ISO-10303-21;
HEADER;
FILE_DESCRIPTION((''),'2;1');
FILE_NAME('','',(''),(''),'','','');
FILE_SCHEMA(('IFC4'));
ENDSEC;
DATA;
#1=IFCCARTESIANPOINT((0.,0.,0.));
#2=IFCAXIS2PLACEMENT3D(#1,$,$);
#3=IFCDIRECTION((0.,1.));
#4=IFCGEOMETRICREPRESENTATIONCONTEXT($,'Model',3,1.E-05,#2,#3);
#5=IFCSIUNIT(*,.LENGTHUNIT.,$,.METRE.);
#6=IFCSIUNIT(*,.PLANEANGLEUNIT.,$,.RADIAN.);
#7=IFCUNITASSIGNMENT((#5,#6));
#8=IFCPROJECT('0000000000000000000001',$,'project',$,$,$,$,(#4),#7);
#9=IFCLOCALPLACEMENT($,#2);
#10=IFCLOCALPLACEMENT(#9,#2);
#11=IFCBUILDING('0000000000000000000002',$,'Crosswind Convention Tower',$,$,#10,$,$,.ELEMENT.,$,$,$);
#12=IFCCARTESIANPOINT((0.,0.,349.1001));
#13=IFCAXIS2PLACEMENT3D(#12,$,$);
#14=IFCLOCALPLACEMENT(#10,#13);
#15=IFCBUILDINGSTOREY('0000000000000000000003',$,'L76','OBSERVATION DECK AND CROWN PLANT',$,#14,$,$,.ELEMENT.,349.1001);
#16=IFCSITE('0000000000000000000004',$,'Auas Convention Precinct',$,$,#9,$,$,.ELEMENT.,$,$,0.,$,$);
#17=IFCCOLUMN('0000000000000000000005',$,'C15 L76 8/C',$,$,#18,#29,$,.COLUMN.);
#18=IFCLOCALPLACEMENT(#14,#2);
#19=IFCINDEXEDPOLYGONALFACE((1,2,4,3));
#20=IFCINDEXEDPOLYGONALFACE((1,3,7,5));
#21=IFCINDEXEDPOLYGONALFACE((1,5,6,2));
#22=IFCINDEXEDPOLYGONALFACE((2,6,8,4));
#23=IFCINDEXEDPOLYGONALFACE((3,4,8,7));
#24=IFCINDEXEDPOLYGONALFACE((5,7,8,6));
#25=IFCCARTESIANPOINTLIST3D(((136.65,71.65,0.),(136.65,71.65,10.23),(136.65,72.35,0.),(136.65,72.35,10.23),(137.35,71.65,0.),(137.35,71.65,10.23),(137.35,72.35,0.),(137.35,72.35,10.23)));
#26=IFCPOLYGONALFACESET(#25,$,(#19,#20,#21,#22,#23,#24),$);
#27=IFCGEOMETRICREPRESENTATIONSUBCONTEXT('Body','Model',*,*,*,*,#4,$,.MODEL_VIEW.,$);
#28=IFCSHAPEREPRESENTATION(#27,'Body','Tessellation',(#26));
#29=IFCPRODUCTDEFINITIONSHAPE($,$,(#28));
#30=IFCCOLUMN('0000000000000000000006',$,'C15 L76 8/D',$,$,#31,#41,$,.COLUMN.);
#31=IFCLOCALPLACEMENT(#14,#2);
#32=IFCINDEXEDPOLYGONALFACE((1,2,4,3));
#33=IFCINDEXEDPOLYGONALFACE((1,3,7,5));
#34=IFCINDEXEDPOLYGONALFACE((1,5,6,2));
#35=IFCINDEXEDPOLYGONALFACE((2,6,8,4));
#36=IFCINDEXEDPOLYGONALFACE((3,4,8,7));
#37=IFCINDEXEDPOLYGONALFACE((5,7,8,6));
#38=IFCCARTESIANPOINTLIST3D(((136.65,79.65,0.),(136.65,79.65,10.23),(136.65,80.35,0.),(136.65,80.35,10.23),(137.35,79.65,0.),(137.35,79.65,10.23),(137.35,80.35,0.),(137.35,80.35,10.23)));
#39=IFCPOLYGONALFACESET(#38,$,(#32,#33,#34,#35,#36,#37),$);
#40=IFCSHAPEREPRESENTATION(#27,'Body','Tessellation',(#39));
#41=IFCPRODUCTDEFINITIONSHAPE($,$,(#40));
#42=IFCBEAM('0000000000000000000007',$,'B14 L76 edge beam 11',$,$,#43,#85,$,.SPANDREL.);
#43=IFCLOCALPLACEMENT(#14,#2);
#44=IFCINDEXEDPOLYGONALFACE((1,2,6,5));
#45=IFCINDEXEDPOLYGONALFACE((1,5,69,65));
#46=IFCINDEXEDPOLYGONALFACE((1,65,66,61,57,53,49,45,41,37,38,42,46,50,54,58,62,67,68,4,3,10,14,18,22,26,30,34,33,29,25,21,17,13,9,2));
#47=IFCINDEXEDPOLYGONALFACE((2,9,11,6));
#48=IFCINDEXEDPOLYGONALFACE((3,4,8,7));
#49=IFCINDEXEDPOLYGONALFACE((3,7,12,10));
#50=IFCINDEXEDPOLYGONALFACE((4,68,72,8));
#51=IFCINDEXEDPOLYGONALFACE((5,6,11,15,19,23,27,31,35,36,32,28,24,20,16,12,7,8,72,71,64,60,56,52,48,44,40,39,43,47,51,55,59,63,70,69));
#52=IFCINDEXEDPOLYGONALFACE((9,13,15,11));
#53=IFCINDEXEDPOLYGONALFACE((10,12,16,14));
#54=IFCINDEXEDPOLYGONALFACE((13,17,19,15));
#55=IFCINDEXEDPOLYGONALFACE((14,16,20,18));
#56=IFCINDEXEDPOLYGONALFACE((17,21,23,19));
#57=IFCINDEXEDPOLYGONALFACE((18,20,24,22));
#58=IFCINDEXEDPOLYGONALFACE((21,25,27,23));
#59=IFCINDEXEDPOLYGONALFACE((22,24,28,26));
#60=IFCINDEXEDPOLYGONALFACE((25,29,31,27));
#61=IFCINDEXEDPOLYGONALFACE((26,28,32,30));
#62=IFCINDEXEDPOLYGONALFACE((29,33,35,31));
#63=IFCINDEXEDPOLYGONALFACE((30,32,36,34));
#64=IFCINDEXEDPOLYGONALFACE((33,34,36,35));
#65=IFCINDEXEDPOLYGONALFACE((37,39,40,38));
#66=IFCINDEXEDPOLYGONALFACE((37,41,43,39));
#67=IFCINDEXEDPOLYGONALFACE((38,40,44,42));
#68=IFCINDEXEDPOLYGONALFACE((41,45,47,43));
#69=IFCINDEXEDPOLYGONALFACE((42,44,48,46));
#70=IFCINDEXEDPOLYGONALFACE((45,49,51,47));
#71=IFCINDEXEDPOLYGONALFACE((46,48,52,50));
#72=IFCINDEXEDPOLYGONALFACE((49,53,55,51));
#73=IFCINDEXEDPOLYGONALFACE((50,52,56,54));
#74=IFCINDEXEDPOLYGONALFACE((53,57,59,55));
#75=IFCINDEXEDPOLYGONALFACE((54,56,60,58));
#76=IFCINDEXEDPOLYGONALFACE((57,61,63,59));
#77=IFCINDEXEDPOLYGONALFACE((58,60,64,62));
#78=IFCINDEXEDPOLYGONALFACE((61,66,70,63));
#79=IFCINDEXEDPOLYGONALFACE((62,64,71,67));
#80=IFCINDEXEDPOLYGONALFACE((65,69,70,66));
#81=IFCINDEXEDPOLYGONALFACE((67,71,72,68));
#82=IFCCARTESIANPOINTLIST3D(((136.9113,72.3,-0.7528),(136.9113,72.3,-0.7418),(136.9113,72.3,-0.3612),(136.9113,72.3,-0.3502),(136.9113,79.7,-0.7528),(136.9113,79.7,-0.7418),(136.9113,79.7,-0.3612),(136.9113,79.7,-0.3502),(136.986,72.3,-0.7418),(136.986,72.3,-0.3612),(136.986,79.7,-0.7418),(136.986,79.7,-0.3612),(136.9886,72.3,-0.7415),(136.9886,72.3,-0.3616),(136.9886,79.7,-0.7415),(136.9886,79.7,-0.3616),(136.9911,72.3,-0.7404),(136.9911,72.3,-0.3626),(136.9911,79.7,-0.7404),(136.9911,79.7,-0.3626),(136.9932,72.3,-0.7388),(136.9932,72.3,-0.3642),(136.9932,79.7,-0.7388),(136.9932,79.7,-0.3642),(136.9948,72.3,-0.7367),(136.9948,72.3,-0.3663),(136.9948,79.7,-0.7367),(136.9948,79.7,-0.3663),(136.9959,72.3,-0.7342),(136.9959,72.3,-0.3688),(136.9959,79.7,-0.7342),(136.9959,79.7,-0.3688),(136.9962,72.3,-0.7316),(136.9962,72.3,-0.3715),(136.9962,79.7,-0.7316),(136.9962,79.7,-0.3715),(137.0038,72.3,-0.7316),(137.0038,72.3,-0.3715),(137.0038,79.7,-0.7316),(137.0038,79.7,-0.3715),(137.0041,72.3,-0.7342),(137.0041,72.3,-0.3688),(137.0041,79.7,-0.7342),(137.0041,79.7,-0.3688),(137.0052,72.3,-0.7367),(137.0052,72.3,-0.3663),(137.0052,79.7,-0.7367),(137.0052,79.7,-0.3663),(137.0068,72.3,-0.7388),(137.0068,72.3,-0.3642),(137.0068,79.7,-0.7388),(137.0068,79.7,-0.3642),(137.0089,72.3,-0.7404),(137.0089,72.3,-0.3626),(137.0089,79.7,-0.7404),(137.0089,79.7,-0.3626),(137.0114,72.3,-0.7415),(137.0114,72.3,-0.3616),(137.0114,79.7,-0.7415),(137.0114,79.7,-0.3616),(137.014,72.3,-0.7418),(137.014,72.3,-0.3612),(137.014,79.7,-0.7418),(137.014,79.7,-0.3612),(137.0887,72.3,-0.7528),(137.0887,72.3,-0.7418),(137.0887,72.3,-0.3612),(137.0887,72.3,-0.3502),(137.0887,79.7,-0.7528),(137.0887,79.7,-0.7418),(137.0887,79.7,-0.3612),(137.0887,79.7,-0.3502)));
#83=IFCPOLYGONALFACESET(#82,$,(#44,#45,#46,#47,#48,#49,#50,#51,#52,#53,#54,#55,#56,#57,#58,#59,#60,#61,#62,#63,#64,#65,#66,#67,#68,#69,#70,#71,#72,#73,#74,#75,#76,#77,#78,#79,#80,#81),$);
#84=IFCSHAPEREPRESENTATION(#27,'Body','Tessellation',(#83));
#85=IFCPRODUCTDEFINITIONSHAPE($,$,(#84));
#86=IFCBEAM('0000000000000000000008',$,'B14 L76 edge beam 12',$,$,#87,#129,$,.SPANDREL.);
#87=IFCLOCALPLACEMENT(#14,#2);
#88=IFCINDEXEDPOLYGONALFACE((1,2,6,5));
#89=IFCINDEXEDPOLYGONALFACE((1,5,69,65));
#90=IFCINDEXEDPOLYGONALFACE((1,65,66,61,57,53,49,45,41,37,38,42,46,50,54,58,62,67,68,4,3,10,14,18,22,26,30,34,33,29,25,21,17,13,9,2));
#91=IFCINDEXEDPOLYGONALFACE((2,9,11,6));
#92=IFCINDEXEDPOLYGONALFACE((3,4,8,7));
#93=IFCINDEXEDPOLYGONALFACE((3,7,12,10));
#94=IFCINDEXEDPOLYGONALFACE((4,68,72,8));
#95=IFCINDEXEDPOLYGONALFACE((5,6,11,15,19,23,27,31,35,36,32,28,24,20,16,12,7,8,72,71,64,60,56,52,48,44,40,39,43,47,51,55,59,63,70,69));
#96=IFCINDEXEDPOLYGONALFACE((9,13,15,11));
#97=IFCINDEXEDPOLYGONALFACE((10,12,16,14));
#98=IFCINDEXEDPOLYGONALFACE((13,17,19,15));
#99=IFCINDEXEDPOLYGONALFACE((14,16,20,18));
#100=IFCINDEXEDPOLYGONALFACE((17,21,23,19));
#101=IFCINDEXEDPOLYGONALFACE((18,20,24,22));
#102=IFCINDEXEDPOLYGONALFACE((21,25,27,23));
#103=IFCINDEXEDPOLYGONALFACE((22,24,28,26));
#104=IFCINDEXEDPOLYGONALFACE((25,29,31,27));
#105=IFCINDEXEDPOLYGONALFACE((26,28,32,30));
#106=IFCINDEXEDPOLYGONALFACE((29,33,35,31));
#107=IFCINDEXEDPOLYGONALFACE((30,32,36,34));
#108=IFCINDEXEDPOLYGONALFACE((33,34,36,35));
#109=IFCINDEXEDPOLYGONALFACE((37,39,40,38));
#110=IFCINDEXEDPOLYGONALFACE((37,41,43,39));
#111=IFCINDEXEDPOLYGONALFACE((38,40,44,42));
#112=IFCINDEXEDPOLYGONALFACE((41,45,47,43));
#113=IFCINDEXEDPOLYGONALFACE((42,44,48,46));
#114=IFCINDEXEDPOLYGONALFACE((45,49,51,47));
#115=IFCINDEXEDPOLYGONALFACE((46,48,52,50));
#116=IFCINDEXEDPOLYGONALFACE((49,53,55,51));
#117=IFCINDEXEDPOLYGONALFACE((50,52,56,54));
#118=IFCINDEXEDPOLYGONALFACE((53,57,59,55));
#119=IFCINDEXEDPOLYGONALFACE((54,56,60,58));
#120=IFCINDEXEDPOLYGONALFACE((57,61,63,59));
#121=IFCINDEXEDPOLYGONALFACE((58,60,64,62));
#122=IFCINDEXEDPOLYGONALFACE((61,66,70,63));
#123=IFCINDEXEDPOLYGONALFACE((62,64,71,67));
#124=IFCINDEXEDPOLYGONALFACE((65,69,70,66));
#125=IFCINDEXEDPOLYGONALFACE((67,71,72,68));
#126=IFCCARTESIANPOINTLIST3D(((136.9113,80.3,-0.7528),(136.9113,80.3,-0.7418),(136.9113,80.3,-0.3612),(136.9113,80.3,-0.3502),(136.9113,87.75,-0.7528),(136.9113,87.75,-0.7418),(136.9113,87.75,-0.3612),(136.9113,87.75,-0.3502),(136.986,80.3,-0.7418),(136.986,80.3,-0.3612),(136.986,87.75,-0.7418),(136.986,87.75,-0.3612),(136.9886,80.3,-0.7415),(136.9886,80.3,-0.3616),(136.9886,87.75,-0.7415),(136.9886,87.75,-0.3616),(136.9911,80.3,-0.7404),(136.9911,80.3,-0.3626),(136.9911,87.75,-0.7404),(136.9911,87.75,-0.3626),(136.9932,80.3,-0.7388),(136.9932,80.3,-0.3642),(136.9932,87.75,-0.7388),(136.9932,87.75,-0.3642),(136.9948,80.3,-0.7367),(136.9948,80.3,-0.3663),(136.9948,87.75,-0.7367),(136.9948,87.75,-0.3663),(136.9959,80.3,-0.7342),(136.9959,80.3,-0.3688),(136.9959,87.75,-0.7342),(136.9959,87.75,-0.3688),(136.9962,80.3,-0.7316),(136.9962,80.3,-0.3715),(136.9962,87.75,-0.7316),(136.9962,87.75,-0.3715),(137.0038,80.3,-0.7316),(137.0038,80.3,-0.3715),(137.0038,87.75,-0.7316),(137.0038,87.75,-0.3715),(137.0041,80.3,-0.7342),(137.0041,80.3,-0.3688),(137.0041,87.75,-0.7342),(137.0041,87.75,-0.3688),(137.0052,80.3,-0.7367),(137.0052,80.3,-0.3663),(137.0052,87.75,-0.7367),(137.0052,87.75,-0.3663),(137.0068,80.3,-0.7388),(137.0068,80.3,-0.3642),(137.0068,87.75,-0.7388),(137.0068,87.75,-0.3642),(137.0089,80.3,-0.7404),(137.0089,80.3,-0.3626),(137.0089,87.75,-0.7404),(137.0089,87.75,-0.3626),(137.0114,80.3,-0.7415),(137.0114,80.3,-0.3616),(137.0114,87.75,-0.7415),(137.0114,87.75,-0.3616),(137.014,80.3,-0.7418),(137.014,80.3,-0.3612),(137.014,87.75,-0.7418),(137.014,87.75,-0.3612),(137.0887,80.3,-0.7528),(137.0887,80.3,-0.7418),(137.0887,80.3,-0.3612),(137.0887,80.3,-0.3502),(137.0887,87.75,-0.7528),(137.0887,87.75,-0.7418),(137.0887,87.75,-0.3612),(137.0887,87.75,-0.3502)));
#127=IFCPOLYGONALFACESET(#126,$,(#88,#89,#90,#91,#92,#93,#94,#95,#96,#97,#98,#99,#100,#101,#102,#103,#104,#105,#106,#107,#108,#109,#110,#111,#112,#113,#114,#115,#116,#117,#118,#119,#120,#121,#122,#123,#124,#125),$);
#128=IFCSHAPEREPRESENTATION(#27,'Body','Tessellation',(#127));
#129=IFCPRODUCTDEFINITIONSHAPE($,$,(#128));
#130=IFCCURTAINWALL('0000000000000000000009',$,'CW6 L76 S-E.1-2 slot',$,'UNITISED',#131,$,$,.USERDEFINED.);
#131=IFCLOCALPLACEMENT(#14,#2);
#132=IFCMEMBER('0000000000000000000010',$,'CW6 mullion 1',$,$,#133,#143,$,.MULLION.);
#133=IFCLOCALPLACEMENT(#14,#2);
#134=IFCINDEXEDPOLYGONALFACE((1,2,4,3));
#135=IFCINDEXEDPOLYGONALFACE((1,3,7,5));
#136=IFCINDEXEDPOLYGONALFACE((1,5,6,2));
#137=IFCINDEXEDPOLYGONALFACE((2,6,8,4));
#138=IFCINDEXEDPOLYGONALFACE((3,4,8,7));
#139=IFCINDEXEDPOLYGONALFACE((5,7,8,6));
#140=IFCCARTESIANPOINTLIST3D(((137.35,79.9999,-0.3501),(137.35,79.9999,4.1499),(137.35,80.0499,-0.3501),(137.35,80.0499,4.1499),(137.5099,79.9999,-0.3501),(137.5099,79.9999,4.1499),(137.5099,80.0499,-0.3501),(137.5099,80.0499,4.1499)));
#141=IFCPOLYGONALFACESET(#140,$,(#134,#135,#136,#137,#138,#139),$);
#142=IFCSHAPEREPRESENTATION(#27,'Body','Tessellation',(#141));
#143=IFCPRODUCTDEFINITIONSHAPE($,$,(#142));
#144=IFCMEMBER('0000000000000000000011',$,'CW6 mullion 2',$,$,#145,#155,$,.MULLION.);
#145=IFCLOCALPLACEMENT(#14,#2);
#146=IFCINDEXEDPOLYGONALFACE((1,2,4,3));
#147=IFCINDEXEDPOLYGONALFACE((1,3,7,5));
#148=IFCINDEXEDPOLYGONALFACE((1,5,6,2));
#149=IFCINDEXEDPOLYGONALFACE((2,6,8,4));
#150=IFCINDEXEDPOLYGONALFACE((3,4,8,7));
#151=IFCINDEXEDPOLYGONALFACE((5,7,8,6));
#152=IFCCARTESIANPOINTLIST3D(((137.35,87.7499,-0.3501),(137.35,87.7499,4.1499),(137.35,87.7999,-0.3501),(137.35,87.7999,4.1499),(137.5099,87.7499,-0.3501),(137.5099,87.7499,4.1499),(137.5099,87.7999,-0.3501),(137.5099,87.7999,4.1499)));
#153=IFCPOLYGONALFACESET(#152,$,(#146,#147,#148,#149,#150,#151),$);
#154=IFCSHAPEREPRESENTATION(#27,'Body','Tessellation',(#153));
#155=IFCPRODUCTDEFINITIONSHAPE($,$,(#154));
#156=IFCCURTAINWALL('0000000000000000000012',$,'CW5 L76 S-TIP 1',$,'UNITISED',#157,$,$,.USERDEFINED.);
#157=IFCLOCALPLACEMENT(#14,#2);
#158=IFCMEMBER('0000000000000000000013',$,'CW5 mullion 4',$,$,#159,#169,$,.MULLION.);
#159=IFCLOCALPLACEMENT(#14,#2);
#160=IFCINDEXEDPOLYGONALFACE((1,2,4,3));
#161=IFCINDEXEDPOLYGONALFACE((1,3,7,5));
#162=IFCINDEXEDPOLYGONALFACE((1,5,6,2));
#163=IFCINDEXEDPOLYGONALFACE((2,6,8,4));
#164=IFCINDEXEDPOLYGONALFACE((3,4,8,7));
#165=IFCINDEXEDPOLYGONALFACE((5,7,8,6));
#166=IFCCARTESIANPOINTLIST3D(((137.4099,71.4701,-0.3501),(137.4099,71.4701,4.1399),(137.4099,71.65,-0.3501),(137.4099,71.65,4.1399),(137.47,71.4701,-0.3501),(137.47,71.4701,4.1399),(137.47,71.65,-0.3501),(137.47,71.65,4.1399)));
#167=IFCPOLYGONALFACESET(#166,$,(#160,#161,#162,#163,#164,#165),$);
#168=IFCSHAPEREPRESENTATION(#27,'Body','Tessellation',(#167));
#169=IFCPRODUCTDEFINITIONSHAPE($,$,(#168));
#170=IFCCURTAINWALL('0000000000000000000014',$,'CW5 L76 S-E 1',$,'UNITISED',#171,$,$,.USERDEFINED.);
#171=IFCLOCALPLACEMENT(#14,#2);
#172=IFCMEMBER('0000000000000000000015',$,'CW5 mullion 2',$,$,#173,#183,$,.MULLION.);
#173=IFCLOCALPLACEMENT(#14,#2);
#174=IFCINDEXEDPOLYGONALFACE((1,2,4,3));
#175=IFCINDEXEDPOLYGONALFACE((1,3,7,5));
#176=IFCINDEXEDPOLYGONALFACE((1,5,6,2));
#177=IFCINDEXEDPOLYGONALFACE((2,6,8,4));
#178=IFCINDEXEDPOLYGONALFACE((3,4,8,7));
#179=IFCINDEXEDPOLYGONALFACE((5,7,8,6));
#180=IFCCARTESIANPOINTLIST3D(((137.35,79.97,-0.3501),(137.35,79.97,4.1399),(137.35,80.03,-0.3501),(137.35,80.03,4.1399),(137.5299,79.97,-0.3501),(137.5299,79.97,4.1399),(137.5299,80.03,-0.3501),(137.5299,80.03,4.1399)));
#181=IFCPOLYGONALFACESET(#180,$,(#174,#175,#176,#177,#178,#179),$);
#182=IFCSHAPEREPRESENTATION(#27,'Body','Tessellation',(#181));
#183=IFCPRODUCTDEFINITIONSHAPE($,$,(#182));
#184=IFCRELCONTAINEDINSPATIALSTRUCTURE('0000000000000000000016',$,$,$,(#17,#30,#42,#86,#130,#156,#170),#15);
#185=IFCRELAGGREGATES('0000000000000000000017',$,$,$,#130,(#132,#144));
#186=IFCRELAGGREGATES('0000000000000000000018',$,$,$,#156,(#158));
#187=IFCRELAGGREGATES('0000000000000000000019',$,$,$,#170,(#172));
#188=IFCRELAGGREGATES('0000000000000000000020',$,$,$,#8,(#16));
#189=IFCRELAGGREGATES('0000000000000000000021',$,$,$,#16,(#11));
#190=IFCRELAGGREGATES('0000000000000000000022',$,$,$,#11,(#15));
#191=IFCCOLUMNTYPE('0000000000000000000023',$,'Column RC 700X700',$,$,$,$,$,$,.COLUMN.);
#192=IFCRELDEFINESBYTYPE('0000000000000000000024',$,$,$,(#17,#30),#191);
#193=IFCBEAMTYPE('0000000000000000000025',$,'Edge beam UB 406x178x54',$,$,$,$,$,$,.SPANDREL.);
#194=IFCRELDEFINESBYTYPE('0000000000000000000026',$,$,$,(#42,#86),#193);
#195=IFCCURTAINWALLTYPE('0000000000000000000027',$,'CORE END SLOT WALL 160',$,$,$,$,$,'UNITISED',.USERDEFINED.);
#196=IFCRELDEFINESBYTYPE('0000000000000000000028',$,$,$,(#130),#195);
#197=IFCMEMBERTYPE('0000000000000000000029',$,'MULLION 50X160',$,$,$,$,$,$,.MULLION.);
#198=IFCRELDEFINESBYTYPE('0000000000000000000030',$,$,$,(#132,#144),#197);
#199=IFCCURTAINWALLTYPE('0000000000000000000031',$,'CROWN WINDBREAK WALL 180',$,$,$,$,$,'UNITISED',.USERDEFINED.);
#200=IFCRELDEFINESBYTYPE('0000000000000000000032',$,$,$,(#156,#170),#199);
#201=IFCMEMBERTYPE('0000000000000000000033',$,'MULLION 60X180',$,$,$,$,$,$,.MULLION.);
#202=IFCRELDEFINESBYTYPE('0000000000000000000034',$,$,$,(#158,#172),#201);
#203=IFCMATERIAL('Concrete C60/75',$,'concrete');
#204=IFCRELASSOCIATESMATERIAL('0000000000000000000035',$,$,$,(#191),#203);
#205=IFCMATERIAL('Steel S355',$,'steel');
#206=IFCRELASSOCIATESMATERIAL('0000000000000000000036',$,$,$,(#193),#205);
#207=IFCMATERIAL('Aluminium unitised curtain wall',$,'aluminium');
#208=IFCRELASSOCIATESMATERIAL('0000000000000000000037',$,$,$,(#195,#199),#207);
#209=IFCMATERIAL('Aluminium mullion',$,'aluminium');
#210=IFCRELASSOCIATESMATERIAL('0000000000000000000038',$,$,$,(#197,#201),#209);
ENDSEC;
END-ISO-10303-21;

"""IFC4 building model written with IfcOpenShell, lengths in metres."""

from ifc_helpers import new_model, si_unit, direction, frame, origin, origin_2d, place, context, subcontext, project, spatial, rectangle, i_section, extrude, material, material_profile, profile_set, type_object, element, aggregate, save


model = new_model("IFC4")

# Units and contexts
model_context = context("Model", 3, precision=1e-05, world=origin(), true_north=direction((0.0, 1.0)))
body_context = subcontext(model_context, "Body", "Model", "MODEL_VIEW")
ifc_project = project(units=[si_unit("LENGTHUNIT", "METRE"), si_unit("PLANEANGLEUNIT", "RADIAN")], contexts=[model_context])

# Site, building, storey
site_placement = place(None, origin())
site = spatial("IfcSite", under=ifc_project, at=site_placement, Name="Auas Convention Precinct", CompositionType="ELEMENT", RefElevation=0.0)
building_placement = place(site_placement, origin())
building = spatial("IfcBuilding", under=site, at=building_placement, Name="Crosswind Convention Tower", CompositionType="ELEMENT")
storey_placement = place(building_placement, frame((0.0, 0.0, 349.1001)))
storey = spatial("IfcBuildingStorey", under=building, at=storey_placement, Name="L76", Description="OBSERVATION DECK AND CROWN PLANT", CompositionType="ELEMENT", Elevation=349.1001)

# Columns
ifc_material_1 = material(Name="Concrete C60/75", Category="concrete")
ifc_material_profile_1 = material_profile(ifc_material_1, rectangle(XDim=0.7, YDim=0.7, at=origin_2d()), Name="RC 700X700")
ifc_profile_set_1 = profile_set([ifc_material_profile_1], Name="Concrete C60/75")
column_type = type_object("IfcColumnType", Name="Column RC 700X700", PredefinedType="COLUMN", material=ifc_profile_set_1)
for number, where, z_axis, x_axis, name in (
    (1, (137.0, 72.0, 0.0), (0.0, 0.0, 1.0), (1.0, 0.0, 0.0), "C15 L76 8/C"),
    (2, (137.0, 80.0, 0.0), (0.0, 0.0, 1.0), (1.0, 0.0, 0.0), "C15 L76 8/D"),
):
    element("IfcColumn", number, at=place(storey_placement, frame(where, z_axis=z_axis, x_axis=x_axis)), inside=storey, type_object=column_type, Name=name, PredefinedType="COLUMN", context=body_context, shape_type="SweptSolid", body=[
        extrude(rectangle(XDim=0.7, YDim=0.7, at=origin_2d()), origin(), (0.0, 0.0, 1.0), 10.23),
    ])

# Beams
ifc_material_2 = material(Name="Steel S355", Category="steel")
ifc_material_profile_2 = material_profile(ifc_material_2, i_section(OverallWidth=0.1775, OverallDepth=0.4026, WebThickness=0.0076, FlangeThickness=0.011, FilletRadius=0.0103, at=origin_2d()), Name="UB 406x178x54")
ifc_profile_set_2 = profile_set([ifc_material_profile_2], Name="Steel S355")
beam_type = type_object("IfcBeamType", Name="Edge beam UB 406x178x54", PredefinedType="SPANDREL", material=ifc_profile_set_2)
beam_1_placement = place(storey_placement, frame((137.0, 72.3, -0.5515), z_axis=(0.0, 1.0, 0.0), x_axis=(-1.0, 0.0, 0.0)))
element("IfcBeam", 3, at=beam_1_placement, inside=storey, type_object=beam_type, Name="B14 L76 edge beam 11", PredefinedType="SPANDREL", context=body_context, shape_type="SweptSolid", body=[
    extrude(i_section(OverallWidth=0.1775, OverallDepth=0.4026, WebThickness=0.0076, FlangeThickness=0.011, FilletRadius=0.0103, at=origin_2d()), origin(), (0.0, 0.0, 1.0), 7.3999),
])
beam_2_placement = place(storey_placement, frame((137.0, 80.3, -0.5515), z_axis=(0.0, 1.0, 0.0), x_axis=(-1.0, 0.0, 0.0)))
element("IfcBeam", 4, at=beam_2_placement, inside=storey, type_object=beam_type, Name="B14 L76 edge beam 12", PredefinedType="SPANDREL", context=body_context, shape_type="SweptSolid", body=[
    extrude(i_section(OverallWidth=0.1775, OverallDepth=0.4026, WebThickness=0.0076, FlangeThickness=0.011, FilletRadius=0.0103, at=origin_2d()), origin(), (0.0, 0.0, 1.0), 7.45),
])

# Curtain wall, members
ifc_material_3 = material(Name="Aluminium unitised curtain wall", Category="aluminium")
curtain_wall_type_1 = type_object("IfcCurtainWallType", Name="CORE END SLOT WALL 160", ElementType="UNITISED", PredefinedType="USERDEFINED", material=ifc_material_3)
curtain_wall_1_placement = place(storey_placement, origin())
curtain_wall_1 = element("IfcCurtainWall", 5, at=curtain_wall_1_placement, inside=storey, type_object=curtain_wall_type_1, Name="CW6 L76 S-E.1-2 slot", ObjectType="UNITISED", PredefinedType="USERDEFINED")
ifc_material_4 = material(Name="Aluminium mullion", Category="aluminium")
ifc_material_profile_3 = material_profile(ifc_material_4, rectangle(XDim=0.1599, YDim=0.05, at=origin_2d()), Name="AL 160X50")
ifc_profile_set_3 = profile_set([ifc_material_profile_3], Name="Aluminium mullion")
member_type_1 = type_object("IfcMemberType", Name="MULLION 50X160", PredefinedType="MULLION", material=ifc_profile_set_3)
member_1_placement = place(storey_placement, frame((137.4299, 80.0249, -0.3501), z_axis=(0.0, 0.0, 1.0), x_axis=(1.0, 0.0, 0.0)))
member_1 = element("IfcMember", 6, at=member_1_placement, type_object=member_type_1, Name="CW6 mullion 1", PredefinedType="MULLION", context=body_context, shape_type="SweptSolid", body=[
    extrude(rectangle(XDim=0.1599, YDim=0.05, at=origin_2d()), origin(), (0.0, 0.0, 1.0), 4.5),
])
member_2_placement = place(storey_placement, frame((137.4299, 87.7749, -0.3501), z_axis=(0.0, 0.0, 1.0), x_axis=(1.0, 0.0, 0.0)))
member_2 = element("IfcMember", 7, at=member_2_placement, type_object=member_type_1, Name="CW6 mullion 2", PredefinedType="MULLION", context=body_context, shape_type="SweptSolid", body=[
    extrude(rectangle(XDim=0.1599, YDim=0.05, at=origin_2d()), origin(), (0.0, 0.0, 1.0), 4.5),
])

# Curtain walls, members
curtain_wall_type_2 = type_object("IfcCurtainWallType", Name="CROWN WINDBREAK WALL 180", ElementType="UNITISED", PredefinedType="USERDEFINED", material=ifc_material_3)
curtain_wall_2_placement = place(storey_placement, origin())
curtain_wall_2 = element("IfcCurtainWall", 8, at=curtain_wall_2_placement, inside=storey, type_object=curtain_wall_type_2, Name="CW5 L76 S-TIP 1", ObjectType="UNITISED", PredefinedType="USERDEFINED")
ifc_material_profile_4 = material_profile(ifc_material_4, rectangle(XDim=0.1799, YDim=0.0601, at=origin_2d()), Name="AL 180X60")
ifc_profile_set_4 = profile_set([ifc_material_profile_4], Name="Aluminium mullion")
member_type_2 = type_object("IfcMemberType", Name="MULLION 60X180", PredefinedType="MULLION", material=ifc_profile_set_4)
member_3_placement = place(storey_placement, frame((137.4399, 71.5601, -0.3501), z_axis=(0.0, 0.0, 1.0), x_axis=(0.0, -1.0, 0.0)))
member_3 = element("IfcMember", 9, at=member_3_placement, type_object=member_type_2, Name="CW5 mullion 4", PredefinedType="MULLION", context=body_context, shape_type="SweptSolid", body=[
    extrude(rectangle(XDim=0.1799, YDim=0.0601, at=origin_2d()), origin(), (0.0, 0.0, 1.0), 4.49),
])
curtain_wall_3_placement = place(storey_placement, origin())
curtain_wall_3 = element("IfcCurtainWall", 10, at=curtain_wall_3_placement, inside=storey, type_object=curtain_wall_type_2, Name="CW5 L76 S-E 1", ObjectType="UNITISED", PredefinedType="USERDEFINED")
member_4_placement = place(storey_placement, frame((137.4399, 80.0, -0.3501), z_axis=(0.0, 0.0, 1.0), x_axis=(1.0, 0.0, 0.0)))
member_4 = element("IfcMember", 11, at=member_4_placement, type_object=member_type_2, Name="CW5 mullion 2", PredefinedType="MULLION", context=body_context, shape_type="SweptSolid", body=[
    extrude(rectangle(XDim=0.1799, YDim=0.0601, at=origin_2d()), origin(), (0.0, 0.0, 1.0), 4.49),
])

aggregate(curtain_wall_1, [member_1, member_2])
aggregate(curtain_wall_2, [member_3])

aggregate(curtain_wall_3, [member_4])

save(model, "model.ifc")
